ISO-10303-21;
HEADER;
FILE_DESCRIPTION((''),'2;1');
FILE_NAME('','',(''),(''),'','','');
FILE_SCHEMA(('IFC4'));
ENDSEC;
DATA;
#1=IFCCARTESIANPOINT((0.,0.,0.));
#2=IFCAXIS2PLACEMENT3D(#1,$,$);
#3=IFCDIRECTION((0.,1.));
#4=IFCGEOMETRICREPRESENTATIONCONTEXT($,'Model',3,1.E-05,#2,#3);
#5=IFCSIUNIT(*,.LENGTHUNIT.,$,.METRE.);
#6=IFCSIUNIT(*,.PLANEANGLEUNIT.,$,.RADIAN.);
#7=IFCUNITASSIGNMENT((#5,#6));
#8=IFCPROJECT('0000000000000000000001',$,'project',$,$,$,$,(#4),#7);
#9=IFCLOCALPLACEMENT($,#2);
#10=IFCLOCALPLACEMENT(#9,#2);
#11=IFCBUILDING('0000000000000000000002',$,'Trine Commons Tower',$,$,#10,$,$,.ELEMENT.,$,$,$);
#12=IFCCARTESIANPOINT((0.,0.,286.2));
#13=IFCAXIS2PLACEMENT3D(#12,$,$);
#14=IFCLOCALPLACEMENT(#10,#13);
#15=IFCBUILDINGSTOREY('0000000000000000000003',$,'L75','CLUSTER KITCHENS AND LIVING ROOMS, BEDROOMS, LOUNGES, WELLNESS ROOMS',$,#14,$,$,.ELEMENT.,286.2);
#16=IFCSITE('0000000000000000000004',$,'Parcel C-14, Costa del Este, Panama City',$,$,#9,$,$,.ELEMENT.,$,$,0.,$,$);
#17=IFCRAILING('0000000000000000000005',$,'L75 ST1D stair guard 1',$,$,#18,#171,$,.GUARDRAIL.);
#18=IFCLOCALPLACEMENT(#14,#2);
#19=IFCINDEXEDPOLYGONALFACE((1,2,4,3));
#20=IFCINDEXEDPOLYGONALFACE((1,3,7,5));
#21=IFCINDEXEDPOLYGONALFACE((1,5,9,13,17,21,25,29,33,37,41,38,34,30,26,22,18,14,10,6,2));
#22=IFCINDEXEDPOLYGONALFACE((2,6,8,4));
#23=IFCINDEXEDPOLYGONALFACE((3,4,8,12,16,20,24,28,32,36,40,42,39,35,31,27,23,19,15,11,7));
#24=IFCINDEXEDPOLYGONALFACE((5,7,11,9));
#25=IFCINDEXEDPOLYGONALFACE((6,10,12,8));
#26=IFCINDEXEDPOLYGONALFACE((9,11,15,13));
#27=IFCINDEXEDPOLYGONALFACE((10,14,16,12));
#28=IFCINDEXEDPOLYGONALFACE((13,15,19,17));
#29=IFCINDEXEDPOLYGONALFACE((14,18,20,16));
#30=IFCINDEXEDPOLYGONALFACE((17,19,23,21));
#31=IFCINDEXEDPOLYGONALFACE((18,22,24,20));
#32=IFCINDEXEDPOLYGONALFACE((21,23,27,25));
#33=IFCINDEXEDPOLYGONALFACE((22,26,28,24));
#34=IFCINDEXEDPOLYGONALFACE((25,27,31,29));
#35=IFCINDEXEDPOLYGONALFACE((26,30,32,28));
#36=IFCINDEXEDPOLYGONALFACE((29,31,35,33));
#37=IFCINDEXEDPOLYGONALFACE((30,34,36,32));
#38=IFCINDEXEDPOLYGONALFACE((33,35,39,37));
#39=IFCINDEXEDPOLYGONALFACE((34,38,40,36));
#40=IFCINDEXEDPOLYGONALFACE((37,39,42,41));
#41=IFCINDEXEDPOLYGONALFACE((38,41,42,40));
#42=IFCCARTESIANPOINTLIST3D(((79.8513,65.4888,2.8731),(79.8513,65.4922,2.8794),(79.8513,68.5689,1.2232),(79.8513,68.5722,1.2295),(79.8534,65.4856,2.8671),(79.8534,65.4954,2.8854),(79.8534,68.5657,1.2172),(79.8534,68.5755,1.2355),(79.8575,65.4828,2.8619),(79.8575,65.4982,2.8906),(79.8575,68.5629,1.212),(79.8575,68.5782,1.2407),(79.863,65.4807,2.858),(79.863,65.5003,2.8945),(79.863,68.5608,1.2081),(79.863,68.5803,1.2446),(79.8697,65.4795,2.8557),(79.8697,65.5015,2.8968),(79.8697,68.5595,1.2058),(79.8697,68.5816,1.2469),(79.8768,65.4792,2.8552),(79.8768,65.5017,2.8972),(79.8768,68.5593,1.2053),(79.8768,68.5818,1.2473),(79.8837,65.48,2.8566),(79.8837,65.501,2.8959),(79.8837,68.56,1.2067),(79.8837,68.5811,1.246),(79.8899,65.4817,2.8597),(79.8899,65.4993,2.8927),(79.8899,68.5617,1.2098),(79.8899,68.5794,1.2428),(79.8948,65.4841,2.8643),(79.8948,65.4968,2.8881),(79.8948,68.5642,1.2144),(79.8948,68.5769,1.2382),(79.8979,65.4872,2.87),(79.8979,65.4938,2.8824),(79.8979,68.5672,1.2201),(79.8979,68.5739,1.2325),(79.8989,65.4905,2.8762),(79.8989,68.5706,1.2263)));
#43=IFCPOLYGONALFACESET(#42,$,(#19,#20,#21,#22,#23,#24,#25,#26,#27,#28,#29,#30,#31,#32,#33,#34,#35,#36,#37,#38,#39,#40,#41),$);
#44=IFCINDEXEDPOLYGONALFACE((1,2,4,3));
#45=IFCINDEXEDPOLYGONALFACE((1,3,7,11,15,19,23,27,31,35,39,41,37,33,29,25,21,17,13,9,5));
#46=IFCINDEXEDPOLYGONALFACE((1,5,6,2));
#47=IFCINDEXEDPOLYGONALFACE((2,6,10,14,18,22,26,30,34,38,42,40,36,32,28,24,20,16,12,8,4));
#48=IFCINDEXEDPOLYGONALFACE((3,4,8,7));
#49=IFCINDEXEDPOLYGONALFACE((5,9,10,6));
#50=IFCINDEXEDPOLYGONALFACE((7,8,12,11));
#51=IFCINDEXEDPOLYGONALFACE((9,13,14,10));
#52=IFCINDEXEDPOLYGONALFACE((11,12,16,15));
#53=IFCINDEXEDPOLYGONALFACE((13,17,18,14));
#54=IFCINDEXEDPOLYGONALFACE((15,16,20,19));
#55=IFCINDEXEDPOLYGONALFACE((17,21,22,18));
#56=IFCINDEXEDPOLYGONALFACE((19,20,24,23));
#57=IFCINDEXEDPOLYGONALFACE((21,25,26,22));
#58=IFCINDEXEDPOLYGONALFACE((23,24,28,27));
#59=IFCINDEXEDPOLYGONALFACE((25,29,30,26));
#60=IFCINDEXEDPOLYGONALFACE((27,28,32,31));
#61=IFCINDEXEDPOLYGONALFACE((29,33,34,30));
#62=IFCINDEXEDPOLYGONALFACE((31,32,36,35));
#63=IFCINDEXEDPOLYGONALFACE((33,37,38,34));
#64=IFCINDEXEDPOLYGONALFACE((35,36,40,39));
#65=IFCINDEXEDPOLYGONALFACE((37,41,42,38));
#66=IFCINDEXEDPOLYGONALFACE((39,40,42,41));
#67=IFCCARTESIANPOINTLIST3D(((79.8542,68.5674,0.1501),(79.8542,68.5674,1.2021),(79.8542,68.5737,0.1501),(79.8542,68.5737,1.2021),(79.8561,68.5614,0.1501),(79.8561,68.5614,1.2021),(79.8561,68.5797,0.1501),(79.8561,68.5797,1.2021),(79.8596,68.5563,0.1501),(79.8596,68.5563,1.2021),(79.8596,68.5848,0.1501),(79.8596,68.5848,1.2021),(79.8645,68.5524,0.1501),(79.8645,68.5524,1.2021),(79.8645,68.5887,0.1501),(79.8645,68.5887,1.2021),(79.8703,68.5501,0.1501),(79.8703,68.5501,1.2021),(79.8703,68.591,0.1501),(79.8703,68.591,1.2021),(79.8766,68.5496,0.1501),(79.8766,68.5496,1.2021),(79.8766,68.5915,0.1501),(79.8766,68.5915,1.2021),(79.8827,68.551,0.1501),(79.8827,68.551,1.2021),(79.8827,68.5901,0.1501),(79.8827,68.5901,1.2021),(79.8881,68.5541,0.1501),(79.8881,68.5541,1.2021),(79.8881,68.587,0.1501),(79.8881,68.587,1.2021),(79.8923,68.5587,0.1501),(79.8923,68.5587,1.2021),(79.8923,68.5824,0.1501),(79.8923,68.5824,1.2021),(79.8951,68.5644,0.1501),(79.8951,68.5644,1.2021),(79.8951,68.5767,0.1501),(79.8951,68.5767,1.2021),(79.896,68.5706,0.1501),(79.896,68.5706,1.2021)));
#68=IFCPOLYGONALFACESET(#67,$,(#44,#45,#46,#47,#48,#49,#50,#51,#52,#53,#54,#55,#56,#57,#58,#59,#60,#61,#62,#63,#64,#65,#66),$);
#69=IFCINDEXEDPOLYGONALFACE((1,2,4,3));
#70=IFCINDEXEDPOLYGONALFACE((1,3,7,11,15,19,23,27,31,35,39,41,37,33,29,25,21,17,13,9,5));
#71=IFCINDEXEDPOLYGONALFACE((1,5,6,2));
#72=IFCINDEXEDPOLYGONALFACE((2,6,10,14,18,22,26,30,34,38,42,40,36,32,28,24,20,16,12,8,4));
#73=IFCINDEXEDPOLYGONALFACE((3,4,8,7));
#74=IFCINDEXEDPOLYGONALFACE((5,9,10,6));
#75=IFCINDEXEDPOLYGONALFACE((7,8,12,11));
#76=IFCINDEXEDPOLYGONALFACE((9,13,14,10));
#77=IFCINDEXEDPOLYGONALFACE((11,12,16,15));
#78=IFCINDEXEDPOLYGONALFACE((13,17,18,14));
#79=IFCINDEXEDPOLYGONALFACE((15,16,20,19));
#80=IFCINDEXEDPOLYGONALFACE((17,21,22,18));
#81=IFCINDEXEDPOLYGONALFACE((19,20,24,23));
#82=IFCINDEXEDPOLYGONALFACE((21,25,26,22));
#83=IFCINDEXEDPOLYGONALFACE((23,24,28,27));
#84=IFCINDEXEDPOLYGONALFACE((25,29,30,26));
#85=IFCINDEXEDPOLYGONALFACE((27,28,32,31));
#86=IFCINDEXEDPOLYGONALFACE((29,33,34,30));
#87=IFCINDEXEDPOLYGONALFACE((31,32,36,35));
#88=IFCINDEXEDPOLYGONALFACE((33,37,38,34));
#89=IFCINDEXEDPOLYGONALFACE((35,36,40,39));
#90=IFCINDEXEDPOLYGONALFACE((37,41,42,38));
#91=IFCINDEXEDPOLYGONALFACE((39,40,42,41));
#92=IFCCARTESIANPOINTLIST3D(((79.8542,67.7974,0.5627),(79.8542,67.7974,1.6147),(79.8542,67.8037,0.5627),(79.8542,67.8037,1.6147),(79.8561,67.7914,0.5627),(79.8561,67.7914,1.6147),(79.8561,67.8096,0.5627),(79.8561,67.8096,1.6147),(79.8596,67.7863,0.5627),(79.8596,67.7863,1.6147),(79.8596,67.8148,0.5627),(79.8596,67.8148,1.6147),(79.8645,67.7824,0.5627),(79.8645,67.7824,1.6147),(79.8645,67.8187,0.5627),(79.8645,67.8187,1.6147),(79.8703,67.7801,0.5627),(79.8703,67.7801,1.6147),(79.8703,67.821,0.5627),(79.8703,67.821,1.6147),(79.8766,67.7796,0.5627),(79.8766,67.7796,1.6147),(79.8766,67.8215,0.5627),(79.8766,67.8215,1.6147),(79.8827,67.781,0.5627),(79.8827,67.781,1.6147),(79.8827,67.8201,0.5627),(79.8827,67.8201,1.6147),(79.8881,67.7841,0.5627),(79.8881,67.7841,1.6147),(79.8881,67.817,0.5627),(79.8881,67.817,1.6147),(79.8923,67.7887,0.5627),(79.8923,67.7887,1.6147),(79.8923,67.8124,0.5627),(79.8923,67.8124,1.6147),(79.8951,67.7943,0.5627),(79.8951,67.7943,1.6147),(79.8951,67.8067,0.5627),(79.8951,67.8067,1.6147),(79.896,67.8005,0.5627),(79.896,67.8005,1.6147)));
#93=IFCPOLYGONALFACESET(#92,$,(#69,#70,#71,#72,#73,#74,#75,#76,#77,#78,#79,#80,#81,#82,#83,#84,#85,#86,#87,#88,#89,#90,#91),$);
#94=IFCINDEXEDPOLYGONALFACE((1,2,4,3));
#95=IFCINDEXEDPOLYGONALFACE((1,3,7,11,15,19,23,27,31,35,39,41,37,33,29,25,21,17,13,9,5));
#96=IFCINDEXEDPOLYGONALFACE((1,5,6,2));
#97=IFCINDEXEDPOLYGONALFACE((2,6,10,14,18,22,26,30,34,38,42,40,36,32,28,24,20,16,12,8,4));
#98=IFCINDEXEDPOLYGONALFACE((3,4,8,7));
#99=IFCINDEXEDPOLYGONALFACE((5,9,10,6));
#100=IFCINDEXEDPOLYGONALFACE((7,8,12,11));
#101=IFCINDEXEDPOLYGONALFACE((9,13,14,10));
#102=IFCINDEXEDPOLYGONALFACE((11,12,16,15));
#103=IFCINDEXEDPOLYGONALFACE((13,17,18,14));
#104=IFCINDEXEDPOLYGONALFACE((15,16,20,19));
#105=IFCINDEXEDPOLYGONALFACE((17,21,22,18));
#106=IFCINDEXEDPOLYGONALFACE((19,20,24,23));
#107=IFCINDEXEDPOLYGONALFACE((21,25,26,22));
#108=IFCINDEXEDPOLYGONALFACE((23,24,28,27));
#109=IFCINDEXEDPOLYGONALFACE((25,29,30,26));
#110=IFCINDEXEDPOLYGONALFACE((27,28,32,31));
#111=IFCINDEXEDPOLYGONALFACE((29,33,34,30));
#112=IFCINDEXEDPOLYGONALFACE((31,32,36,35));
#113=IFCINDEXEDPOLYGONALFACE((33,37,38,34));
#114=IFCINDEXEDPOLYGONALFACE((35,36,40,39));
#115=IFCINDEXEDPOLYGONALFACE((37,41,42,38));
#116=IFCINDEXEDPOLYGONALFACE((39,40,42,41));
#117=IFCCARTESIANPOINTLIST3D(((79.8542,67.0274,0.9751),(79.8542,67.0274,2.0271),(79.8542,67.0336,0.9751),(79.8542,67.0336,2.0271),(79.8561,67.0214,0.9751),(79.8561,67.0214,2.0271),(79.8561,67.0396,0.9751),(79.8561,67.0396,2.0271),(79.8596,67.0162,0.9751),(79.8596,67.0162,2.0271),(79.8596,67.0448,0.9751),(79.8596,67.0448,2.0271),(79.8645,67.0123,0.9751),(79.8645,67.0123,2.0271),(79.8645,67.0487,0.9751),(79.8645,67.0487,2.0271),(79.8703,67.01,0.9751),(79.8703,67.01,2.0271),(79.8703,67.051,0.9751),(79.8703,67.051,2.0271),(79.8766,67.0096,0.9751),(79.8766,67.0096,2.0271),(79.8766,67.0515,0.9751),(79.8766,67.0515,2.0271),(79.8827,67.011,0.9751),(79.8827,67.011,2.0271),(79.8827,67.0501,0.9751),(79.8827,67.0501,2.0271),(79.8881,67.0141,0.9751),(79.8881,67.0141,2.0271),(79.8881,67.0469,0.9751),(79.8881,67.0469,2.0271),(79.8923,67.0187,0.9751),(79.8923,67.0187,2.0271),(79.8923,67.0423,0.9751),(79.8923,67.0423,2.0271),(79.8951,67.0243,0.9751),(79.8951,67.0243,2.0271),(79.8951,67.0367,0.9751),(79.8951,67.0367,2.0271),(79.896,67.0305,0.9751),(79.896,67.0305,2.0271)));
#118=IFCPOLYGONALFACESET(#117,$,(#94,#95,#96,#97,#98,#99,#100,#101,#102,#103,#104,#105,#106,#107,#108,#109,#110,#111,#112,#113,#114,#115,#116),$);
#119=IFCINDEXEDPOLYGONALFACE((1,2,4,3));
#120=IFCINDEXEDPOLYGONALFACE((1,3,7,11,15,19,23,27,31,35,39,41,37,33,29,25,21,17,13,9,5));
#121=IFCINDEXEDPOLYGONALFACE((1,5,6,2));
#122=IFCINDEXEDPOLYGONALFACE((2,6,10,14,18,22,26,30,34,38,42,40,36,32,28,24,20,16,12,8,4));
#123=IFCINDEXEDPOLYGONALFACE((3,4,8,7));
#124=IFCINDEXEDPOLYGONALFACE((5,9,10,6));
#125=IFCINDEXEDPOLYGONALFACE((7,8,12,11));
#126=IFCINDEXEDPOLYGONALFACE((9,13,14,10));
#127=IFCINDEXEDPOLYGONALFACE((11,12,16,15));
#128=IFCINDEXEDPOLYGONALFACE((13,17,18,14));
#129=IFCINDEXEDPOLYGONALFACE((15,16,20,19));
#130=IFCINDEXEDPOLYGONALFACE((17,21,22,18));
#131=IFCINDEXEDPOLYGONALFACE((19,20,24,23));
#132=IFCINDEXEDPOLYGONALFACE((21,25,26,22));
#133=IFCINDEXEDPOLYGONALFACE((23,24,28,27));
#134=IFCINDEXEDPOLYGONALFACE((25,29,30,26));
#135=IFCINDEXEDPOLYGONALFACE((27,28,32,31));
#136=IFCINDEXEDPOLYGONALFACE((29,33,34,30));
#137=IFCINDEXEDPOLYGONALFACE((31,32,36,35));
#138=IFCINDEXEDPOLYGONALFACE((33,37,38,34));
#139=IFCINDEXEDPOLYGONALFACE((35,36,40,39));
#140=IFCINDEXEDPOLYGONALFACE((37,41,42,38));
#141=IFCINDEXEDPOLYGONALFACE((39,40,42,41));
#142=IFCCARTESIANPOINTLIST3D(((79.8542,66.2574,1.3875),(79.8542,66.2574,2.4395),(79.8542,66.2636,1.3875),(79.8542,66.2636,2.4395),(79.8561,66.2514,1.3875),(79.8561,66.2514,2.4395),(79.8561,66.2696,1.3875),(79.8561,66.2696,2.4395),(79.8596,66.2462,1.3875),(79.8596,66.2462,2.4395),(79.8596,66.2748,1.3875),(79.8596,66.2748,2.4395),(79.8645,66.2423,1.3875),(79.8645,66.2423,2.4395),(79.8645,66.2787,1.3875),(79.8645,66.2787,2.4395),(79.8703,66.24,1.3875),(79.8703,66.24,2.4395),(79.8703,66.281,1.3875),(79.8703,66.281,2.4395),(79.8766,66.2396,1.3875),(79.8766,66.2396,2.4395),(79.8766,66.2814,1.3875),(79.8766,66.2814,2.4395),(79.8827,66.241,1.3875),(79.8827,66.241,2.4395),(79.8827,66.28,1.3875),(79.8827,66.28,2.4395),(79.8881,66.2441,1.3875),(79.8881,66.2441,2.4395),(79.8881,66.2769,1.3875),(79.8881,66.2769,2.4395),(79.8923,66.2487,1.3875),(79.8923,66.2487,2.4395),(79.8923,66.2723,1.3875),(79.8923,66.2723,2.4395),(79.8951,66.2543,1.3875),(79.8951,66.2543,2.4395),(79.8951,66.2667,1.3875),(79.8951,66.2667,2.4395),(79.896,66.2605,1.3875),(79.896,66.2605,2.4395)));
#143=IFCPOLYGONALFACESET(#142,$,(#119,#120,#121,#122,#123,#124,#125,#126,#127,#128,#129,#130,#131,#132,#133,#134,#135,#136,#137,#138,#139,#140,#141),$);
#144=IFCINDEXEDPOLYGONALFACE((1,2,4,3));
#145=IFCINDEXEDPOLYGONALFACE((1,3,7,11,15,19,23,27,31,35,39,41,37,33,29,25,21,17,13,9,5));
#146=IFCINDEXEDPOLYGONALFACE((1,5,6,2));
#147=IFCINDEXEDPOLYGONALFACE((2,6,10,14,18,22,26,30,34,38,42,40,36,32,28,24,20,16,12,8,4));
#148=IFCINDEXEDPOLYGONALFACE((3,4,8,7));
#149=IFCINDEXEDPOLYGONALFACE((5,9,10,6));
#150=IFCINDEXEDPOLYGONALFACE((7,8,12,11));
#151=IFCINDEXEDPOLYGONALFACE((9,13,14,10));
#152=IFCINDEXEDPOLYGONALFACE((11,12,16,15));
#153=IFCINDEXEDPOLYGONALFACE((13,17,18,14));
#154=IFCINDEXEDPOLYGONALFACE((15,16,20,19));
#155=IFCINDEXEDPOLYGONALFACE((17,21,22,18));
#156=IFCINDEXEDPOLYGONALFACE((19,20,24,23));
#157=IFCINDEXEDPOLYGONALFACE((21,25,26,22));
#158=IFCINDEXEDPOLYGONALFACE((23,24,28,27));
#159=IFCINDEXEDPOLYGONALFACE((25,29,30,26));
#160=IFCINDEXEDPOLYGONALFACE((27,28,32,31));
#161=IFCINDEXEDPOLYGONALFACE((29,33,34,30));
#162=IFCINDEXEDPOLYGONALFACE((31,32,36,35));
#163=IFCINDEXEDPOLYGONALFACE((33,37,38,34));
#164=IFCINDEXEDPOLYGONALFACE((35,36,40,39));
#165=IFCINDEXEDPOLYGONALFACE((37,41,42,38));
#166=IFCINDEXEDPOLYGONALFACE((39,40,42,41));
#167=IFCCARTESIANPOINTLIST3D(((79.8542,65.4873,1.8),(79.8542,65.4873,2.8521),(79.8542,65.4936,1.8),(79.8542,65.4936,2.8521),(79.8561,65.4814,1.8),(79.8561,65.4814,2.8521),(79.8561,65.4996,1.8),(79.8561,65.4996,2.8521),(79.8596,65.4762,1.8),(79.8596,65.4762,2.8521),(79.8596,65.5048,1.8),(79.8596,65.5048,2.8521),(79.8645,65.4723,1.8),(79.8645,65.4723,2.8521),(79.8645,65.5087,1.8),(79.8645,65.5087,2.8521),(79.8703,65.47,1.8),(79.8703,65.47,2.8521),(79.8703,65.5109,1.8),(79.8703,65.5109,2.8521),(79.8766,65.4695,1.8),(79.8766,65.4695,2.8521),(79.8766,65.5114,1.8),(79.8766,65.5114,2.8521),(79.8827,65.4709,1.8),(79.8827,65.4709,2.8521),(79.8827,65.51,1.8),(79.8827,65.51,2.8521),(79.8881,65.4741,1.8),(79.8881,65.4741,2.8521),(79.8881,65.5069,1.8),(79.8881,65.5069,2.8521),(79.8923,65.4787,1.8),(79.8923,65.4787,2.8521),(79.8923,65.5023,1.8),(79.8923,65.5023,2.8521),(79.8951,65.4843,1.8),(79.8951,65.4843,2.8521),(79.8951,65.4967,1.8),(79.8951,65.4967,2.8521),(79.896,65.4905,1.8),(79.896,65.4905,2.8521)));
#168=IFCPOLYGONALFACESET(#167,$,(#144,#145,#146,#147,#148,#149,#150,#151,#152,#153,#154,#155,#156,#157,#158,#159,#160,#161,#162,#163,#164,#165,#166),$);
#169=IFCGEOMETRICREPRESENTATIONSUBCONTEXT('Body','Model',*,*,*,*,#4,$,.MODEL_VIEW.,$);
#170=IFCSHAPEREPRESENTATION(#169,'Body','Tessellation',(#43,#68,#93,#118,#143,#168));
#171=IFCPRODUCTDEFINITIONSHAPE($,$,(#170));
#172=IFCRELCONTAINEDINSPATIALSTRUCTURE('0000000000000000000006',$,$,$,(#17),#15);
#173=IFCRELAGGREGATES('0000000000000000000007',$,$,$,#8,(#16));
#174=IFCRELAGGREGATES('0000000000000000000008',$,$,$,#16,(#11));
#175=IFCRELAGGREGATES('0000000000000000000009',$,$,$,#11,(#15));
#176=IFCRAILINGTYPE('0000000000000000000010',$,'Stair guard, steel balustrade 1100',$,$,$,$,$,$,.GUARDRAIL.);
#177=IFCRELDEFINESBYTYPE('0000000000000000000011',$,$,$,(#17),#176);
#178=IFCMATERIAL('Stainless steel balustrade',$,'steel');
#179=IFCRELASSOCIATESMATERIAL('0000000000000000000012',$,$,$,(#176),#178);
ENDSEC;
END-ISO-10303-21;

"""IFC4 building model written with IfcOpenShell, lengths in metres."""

from ifc_helpers import new_model, si_unit, direction, frame, origin, origin_2d, place, context, subcontext, project, spatial, circle, extrude, material, type_object, element, save


model = new_model("IFC4")

# Units and contexts
model_context = context("Model", 3, precision=1e-05, world=origin(), true_north=direction((0.0, 1.0)))
body_context = subcontext(model_context, "Body", "Model", "MODEL_VIEW")
ifc_project = project(units=[si_unit("LENGTHUNIT", "METRE"), si_unit("PLANEANGLEUNIT", "RADIAN")], contexts=[model_context])

# Site, building, storey
site_placement = place(None, origin())
site = spatial("IfcSite", under=ifc_project, at=site_placement, Name="Parcel C-14, Costa del Este, Panama City", CompositionType="ELEMENT", RefElevation=0.0)
building_placement = place(site_placement, origin())
building = spatial("IfcBuilding", under=site, at=building_placement, Name="Trine Commons Tower", CompositionType="ELEMENT")
storey_placement = place(building_placement, frame((0.0, 0.0, 286.2)))
storey = spatial("IfcBuildingStorey", under=building, at=storey_placement, Name="L75", Description="CLUSTER KITCHENS AND LIVING ROOMS, BEDROOMS, LOUNGES, WELLNESS ROOMS", CompositionType="ELEMENT", Elevation=286.2)

# Railing
ifc_material_1 = material(Name="Stainless steel balustrade", Category="steel")
railing_type_1 = type_object("IfcRailingType", Name="Stair guard, steel balustrade 1100", PredefinedType="GUARDRAIL", material=ifc_material_1)
railing_1_placement = place(storey_placement, frame((79.875, 68.5706, 0.1501)))
element("IfcRailing", 1, at=railing_1_placement, inside=storey, type_object=railing_type_1, Name="L75 ST1D stair guard 1", PredefinedType="GUARDRAIL", context=body_context, shape_type="SweptSolid", body=[
    extrude(circle(Radius=0.0239, at=origin_2d()), frame((0.0, 0.0, 1.0762), z_axis=(0.0, -0.881497, 0.47219), x_axis=(1.0, 0.0, 0.0)), (0.0, 0.0, 1.0), 3.4941),
    extrude(circle(Radius=0.021, at=origin_2d()), origin(), (0.0, 0.0, 1.0), 1.052),
    extrude(circle(Radius=0.021, at=origin_2d()), frame((0.0, -0.77, 0.4126)), (0.0, 0.0, 1.0), 1.052),
    extrude(circle(Radius=0.021, at=origin_2d()), frame((0.0, -1.54, 0.825)), (0.0, 0.0, 1.0), 1.052),
    extrude(circle(Radius=0.021, at=origin_2d()), frame((0.0, -2.3101, 1.2373)), (0.0, 0.0, 1.0), 1.052),
    extrude(circle(Radius=0.021, at=origin_2d()), frame((0.0, -3.0801, 1.6499)), (0.0, 0.0, 1.0), 1.052),
])

save(model, "model.ifc")
